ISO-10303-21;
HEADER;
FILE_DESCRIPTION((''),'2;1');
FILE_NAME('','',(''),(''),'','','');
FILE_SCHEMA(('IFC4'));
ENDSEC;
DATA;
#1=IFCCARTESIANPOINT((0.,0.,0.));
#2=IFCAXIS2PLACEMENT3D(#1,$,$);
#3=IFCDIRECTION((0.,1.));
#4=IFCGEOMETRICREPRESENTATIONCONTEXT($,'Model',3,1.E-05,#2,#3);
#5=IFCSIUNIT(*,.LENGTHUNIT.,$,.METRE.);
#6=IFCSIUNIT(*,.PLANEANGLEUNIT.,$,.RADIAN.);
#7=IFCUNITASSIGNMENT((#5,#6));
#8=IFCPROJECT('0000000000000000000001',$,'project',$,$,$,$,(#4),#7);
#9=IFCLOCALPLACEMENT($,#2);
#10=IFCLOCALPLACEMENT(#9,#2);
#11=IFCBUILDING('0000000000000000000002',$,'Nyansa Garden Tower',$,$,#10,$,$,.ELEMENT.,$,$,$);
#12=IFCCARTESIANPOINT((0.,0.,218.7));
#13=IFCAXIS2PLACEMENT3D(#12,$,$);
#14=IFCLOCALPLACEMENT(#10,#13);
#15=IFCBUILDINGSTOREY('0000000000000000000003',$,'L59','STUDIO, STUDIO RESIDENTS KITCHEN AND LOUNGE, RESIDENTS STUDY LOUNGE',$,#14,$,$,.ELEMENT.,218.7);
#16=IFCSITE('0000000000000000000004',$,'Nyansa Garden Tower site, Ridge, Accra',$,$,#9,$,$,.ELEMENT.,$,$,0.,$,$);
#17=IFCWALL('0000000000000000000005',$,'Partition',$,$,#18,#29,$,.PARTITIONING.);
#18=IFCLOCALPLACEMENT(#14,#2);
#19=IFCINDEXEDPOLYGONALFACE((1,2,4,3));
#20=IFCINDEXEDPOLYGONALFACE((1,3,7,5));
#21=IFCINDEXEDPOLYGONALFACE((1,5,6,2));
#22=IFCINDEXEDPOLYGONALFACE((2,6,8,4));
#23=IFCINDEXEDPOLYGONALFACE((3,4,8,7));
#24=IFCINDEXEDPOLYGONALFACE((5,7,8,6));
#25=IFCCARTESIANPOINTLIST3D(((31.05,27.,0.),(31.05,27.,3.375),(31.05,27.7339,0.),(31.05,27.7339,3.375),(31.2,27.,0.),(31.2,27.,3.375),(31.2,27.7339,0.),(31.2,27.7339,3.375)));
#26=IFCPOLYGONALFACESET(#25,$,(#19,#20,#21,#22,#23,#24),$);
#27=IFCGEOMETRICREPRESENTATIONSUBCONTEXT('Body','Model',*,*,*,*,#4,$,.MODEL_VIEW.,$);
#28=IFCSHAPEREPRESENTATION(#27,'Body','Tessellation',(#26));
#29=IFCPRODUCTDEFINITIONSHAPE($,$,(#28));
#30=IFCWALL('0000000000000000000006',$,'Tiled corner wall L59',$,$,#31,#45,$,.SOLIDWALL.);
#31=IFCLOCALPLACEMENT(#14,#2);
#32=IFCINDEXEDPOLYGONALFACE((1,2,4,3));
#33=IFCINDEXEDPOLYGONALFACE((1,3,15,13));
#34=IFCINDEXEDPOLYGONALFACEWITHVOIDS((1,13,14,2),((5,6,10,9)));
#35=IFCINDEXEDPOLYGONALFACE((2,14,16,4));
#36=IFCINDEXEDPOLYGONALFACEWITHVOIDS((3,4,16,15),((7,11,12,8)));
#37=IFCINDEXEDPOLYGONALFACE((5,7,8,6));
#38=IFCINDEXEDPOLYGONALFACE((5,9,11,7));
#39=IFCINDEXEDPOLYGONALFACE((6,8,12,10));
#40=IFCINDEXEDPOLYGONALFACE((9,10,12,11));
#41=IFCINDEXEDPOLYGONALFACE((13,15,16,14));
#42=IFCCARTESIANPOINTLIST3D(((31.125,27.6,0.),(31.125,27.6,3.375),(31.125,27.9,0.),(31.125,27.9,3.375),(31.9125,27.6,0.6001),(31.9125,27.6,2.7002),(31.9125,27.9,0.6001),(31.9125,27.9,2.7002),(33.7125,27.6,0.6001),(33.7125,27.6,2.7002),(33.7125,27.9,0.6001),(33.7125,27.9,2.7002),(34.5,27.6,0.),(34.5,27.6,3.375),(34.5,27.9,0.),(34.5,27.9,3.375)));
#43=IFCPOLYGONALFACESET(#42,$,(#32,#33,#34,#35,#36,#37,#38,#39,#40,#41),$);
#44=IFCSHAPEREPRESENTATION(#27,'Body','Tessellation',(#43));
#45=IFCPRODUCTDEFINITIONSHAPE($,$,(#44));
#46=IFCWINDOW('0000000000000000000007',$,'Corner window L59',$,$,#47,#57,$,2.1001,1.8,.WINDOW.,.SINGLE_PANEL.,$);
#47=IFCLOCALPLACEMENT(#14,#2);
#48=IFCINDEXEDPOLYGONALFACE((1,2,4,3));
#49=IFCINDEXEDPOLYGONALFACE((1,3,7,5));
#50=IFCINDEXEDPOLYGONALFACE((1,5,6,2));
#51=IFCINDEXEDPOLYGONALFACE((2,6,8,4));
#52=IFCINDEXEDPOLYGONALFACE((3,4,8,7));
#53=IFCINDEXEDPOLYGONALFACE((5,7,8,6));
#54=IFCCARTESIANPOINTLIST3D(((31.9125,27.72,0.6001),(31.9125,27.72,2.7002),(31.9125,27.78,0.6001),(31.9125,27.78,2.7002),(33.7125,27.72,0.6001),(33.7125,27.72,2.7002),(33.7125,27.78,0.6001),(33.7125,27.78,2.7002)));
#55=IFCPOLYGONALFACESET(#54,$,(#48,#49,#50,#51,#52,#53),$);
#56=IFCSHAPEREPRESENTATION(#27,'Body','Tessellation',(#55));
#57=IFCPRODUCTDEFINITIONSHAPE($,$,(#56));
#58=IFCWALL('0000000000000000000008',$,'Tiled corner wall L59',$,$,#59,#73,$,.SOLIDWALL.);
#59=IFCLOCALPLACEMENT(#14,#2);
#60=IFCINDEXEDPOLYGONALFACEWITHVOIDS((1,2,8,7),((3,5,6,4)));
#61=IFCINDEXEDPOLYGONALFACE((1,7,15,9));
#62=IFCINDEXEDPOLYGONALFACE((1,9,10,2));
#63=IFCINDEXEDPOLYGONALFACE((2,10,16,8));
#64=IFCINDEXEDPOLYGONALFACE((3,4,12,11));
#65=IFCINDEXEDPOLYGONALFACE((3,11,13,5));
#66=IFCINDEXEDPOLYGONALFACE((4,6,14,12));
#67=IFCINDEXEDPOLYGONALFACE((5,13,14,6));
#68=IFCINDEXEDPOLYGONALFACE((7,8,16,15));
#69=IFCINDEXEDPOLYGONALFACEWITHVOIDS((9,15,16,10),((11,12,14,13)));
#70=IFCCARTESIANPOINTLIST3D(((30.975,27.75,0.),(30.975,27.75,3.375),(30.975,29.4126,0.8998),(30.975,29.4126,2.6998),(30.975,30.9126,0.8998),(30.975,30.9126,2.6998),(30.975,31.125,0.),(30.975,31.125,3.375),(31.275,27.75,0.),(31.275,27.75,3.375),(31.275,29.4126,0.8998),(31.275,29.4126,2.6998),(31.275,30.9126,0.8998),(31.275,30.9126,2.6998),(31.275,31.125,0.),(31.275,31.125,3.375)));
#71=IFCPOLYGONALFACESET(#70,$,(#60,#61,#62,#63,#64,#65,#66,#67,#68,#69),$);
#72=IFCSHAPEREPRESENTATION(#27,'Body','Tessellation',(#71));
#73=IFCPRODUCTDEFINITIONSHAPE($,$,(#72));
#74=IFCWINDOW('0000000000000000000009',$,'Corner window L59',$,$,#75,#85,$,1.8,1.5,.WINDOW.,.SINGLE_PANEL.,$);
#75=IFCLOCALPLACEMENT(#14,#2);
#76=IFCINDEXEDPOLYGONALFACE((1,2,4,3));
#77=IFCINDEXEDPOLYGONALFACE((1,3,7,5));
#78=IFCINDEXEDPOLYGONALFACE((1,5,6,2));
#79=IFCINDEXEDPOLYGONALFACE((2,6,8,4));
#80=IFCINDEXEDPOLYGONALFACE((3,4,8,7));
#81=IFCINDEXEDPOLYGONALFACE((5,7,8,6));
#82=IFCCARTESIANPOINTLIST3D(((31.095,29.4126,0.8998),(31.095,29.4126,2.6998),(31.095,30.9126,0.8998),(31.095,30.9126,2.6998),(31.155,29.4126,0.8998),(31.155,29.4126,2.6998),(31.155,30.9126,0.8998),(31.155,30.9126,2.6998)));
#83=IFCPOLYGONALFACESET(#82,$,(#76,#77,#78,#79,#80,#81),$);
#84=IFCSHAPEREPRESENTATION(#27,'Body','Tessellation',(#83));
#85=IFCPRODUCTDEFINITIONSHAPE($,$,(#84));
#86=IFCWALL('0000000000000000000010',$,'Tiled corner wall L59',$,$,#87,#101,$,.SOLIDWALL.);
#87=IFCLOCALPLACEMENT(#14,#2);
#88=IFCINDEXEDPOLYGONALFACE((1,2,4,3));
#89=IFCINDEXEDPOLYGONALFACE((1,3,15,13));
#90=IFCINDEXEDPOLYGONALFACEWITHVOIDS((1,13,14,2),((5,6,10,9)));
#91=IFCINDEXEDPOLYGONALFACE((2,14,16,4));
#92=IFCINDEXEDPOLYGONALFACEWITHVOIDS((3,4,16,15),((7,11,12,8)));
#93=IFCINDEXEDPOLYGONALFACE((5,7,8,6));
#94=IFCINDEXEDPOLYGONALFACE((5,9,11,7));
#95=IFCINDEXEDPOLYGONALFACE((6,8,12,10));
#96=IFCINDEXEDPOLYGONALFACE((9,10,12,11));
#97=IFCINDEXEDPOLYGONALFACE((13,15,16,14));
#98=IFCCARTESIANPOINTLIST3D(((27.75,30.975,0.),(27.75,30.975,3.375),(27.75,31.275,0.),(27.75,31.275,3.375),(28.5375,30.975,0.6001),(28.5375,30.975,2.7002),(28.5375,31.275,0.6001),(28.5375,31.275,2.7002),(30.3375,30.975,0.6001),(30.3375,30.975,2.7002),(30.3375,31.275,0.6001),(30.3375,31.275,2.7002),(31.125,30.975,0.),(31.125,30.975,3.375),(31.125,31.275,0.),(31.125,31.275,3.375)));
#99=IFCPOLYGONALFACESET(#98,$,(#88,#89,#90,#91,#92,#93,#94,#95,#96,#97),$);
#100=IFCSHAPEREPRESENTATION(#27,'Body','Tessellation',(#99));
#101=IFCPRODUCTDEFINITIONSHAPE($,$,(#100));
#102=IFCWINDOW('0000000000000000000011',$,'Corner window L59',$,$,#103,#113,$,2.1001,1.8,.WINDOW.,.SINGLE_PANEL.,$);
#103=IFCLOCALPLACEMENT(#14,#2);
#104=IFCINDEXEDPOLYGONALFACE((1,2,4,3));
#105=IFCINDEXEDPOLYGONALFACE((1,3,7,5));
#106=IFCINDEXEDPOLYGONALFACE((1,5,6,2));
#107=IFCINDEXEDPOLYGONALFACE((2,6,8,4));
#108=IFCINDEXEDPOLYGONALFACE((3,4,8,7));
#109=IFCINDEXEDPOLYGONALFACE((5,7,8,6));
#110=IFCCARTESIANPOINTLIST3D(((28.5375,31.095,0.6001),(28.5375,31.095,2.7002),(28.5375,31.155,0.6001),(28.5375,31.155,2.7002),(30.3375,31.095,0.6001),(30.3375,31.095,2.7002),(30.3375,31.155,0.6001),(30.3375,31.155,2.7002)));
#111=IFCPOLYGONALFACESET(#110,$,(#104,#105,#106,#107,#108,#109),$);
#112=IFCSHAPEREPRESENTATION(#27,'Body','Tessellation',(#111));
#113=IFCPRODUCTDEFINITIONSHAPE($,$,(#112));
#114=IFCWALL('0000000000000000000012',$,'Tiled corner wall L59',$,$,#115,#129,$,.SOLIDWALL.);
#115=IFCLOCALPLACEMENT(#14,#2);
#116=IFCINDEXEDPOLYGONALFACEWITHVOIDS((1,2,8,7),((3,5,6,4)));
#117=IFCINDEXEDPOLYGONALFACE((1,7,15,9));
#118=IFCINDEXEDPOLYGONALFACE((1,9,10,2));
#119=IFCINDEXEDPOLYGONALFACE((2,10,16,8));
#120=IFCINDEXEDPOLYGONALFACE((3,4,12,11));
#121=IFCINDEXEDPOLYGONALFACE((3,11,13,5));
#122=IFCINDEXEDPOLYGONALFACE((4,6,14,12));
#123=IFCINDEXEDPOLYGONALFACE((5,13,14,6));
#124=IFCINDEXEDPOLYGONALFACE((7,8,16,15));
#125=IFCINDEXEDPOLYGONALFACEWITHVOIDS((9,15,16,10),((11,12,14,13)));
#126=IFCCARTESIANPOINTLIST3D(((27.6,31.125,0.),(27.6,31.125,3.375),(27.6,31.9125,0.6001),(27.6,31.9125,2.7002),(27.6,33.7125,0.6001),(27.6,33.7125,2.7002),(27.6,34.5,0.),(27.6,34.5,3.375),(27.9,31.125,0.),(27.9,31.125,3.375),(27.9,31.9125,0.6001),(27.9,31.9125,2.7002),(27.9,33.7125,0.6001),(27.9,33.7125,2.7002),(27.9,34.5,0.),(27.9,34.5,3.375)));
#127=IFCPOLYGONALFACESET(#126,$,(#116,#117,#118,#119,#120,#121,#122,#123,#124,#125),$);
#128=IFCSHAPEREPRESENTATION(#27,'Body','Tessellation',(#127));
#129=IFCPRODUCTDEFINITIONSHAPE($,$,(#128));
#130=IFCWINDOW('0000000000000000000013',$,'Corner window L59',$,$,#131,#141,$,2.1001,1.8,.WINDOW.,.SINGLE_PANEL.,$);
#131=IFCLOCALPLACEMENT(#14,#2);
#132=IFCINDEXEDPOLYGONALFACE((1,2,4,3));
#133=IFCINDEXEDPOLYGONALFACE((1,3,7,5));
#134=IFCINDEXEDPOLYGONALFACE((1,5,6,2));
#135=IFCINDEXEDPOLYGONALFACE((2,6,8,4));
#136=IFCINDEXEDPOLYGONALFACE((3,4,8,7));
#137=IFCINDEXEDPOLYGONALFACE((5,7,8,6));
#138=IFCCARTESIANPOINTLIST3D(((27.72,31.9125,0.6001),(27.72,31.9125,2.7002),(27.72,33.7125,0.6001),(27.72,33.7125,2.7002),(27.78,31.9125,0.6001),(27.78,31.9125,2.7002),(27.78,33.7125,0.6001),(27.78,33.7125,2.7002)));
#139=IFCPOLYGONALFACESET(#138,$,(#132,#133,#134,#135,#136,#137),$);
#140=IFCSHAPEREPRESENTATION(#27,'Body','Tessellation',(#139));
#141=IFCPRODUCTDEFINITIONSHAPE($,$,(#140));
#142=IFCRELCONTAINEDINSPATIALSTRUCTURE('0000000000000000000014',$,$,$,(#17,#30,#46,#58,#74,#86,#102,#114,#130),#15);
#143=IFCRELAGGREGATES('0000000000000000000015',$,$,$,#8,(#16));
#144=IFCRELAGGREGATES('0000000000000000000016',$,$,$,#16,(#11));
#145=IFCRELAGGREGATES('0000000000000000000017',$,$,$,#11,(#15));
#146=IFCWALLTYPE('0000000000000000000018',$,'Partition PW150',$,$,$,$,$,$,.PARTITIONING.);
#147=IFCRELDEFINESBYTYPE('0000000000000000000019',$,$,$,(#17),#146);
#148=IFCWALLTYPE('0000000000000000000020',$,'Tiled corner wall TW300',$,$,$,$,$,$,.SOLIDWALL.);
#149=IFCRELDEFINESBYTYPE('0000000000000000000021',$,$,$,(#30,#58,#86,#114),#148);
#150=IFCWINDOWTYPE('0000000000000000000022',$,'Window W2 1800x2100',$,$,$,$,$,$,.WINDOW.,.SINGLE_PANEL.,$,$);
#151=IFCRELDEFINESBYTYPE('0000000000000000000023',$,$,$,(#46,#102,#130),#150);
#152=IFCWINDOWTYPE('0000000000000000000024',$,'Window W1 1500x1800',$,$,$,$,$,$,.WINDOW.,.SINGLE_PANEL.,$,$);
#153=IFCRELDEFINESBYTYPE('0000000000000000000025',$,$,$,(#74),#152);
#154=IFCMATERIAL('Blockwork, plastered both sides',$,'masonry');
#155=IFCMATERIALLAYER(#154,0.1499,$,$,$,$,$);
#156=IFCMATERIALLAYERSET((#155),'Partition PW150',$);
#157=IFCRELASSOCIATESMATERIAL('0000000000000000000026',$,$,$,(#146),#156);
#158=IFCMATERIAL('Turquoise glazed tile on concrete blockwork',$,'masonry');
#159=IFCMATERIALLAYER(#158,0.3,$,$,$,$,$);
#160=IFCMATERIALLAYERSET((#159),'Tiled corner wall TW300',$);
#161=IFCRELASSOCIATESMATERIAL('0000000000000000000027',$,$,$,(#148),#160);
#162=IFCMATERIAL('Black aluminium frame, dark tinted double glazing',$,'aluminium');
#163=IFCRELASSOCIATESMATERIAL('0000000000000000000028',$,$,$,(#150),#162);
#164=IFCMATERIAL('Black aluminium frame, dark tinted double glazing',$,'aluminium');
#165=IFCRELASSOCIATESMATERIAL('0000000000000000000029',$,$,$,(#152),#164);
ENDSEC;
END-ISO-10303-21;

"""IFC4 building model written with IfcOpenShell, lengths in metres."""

from ifc_helpers import new_model, si_unit, direction, frame, frame_2d, origin, place, context, subcontext, project, spatial, rectangle, extrude, material, layer, layer_set, type_object, element, fill, save


model = new_model("IFC4")

# Units and contexts
model_context = context("Model", 3, precision=1e-05, world=origin(), true_north=direction((0.0, 1.0)))
body_context = subcontext(model_context, "Body", "Model", "MODEL_VIEW")
ifc_project = project(units=[si_unit("LENGTHUNIT", "METRE"), si_unit("PLANEANGLEUNIT", "RADIAN")], contexts=[model_context])

# Site, building, storey
site_placement = place(None, origin())
site = spatial("IfcSite", under=ifc_project, at=site_placement, Name="Nyansa Garden Tower site, Ridge, Accra", CompositionType="ELEMENT", RefElevation=0.0)
building_placement = place(site_placement, origin())
building = spatial("IfcBuilding", under=site, at=building_placement, Name="Nyansa Garden Tower", CompositionType="ELEMENT")
storey_placement = place(building_placement, frame((0.0, 0.0, 218.7)))
storey = spatial("IfcBuildingStorey", under=building, at=storey_placement, Name="L59", Description="STUDIO, STUDIO RESIDENTS KITCHEN AND LOUNGE, RESIDENTS STUDY LOUNGE", CompositionType="ELEMENT", Elevation=218.7)

# Wall
ifc_material_1 = material(Name="Blockwork, plastered both sides", Category="masonry")
ifc_layer_1 = layer(ifc_material_1, 0.1499)
ifc_layer_set_1 = layer_set([ifc_layer_1], Name="Partition PW150")
wall_type_1 = type_object("IfcWallType", Name="Partition PW150", PredefinedType="PARTITIONING", material=ifc_layer_set_1)
wall_1_placement = place(storey_placement, frame((31.125, 27.0, 0.0), z_axis=(0.0, 0.0, 1.0), x_axis=(0.0, 1.0, 0.0)))
element("IfcWall", 1, at=wall_1_placement, inside=storey, type_object=wall_type_1, Name="Partition", PredefinedType="PARTITIONING", context=body_context, shape_type="SweptSolid", body=[
    extrude(rectangle(XDim=0.7339, YDim=0.1499, at=frame_2d((0.3669, 0.0))), origin(), (0.0, 0.0, 1.0), 3.375),
])

# Walls, openings, windows
ifc_material_2 = material(Name="Turquoise glazed tile on concrete blockwork", Category="masonry")
ifc_layer_2 = layer(ifc_material_2, 0.3)
ifc_layer_set_2 = layer_set([ifc_layer_2], Name="Tiled corner wall TW300")
wall_type_2 = type_object("IfcWallType", Name="Tiled corner wall TW300", PredefinedType="SOLIDWALL", material=ifc_layer_set_2)
wall_2_placement = place(storey_placement, frame((34.5, 27.75, 0.0), z_axis=(0.0, 0.0, 1.0), x_axis=(-1.0, 0.0, 0.0)))
wall_2 = element("IfcWall", 2, at=wall_2_placement, inside=storey, type_object=wall_type_2, Name="Tiled corner wall L59", PredefinedType="SOLIDWALL", context=body_context, shape_type="SweptSolid", body=[
    extrude(rectangle(XDim=3.375, YDim=0.3, at=frame_2d((1.6875, 0.0))), origin(), (0.0, 0.0, 1.0), 3.375),
])
opening_1_placement = place(wall_2_placement, frame((0.7876, 0.0, 0.6001)))
opening_1 = element("IfcOpeningElement", 3, at=opening_1_placement, cuts=wall_2, PredefinedType="OPENING", context=body_context, shape_type="SweptSolid", body=[
    extrude(rectangle(XDim=1.8, YDim=2.1001, at=frame_2d((0.8999, 1.05))), frame((0.0, 0.1599, 0.0), z_axis=(0.0, -1.0, 0.0), x_axis=(1.0, 0.0, 0.0)), (0.0, 0.0, 1.0), 0.3201),
])
ifc_material_3 = material(Name="Black aluminium frame, dark tinted double glazing", Category="aluminium")
window_type_1 = type_object("IfcWindowType", Name="Window W2 1800x2100", PartitioningType="SINGLE_PANEL", PredefinedType="WINDOW", material=ifc_material_3)
window_1_placement = place(opening_1_placement, origin())
window_1 = element("IfcWindow", 4, at=window_1_placement, inside=storey, type_object=window_type_1, Name="Corner window L59", OverallHeight=2.1001, OverallWidth=1.8, PartitioningType="SINGLE_PANEL", PredefinedType="WINDOW", context=body_context, shape_type="SweptSolid", body=[
    extrude(rectangle(XDim=1.8, YDim=2.1001, at=frame_2d((0.8999, 1.05))), frame((0.0, 0.03, 0.0), z_axis=(0.0, -1.0, 0.0), x_axis=(1.0, 0.0, 0.0)), (0.0, 0.0, 1.0), 0.0601),
])
fill(opening_1, window_1)
wall_3_placement = place(storey_placement, frame((31.125, 27.75, 0.0), z_axis=(0.0, 0.0, 1.0), x_axis=(0.0, 1.0, 0.0)))
wall_3 = element("IfcWall", 5, at=wall_3_placement, inside=storey, type_object=wall_type_2, Name="Tiled corner wall L59", PredefinedType="SOLIDWALL", context=body_context, shape_type="SweptSolid", body=[
    extrude(rectangle(XDim=3.375, YDim=0.3, at=frame_2d((1.6875, 0.0))), origin(), (0.0, 0.0, 1.0), 3.375),
])
opening_2_placement = place(wall_3_placement, frame((1.6626, 0.0, 0.8999)))
opening_2 = element("IfcOpeningElement", 6, at=opening_2_placement, cuts=wall_3, PredefinedType="OPENING", context=body_context, shape_type="SweptSolid", body=[
    extrude(rectangle(XDim=1.5, YDim=1.8, at=frame_2d((0.75, 0.8999))), frame((0.0, 0.1599, 0.0), z_axis=(0.0, -1.0, 0.0), x_axis=(1.0, 0.0, 0.0)), (0.0, 0.0, 1.0), 0.3201),
])
ifc_material_4 = material(Name="Black aluminium frame, dark tinted double glazing", Category="aluminium")
window_type_2 = type_object("IfcWindowType", Name="Window W1 1500x1800", PartitioningType="SINGLE_PANEL", PredefinedType="WINDOW", material=ifc_material_4)
window_2_placement = place(opening_2_placement, origin())
window_2 = element("IfcWindow", 7, at=window_2_placement, inside=storey, type_object=window_type_2, Name="Corner window L59", OverallHeight=1.8, OverallWidth=1.5, PartitioningType="SINGLE_PANEL", PredefinedType="WINDOW", context=body_context, shape_type="SweptSolid", body=[
    extrude(rectangle(XDim=1.5, YDim=1.8, at=frame_2d((0.75, 0.8999))), frame((0.0, 0.03, 0.0), z_axis=(0.0, -1.0, 0.0), x_axis=(1.0, 0.0, 0.0)), (0.0, 0.0, 1.0), 0.0601),
])
fill(opening_2, window_2)
wall_4_placement = place(storey_placement, frame((31.125, 31.125, 0.0), z_axis=(0.0, 0.0, 1.0), x_axis=(-1.0, 0.0, 0.0)))
wall_4 = element("IfcWall", 8, at=wall_4_placement, inside=storey, type_object=wall_type_2, Name="Tiled corner wall L59", PredefinedType="SOLIDWALL", context=body_context, shape_type="SweptSolid", body=[
    extrude(rectangle(XDim=3.375, YDim=0.3, at=frame_2d((1.6875, 0.0))), origin(), (0.0, 0.0, 1.0), 3.375),
])
opening_3_placement = place(wall_4_placement, frame((0.7876, 0.0, 0.6001)))
opening_3 = element("IfcOpeningElement", 9, at=opening_3_placement, cuts=wall_4, PredefinedType="OPENING", context=body_context, shape_type="SweptSolid", body=[
    extrude(rectangle(XDim=1.8, YDim=2.1001, at=frame_2d((0.8999, 1.05))), frame((0.0, 0.1599, 0.0), z_axis=(0.0, -1.0, 0.0), x_axis=(1.0, 0.0, 0.0)), (0.0, 0.0, 1.0), 0.3201),
])
window_3_placement = place(opening_3_placement, origin())
window_3 = element("IfcWindow", 10, at=window_3_placement, inside=storey, type_object=window_type_1, Name="Corner window L59", OverallHeight=2.1001, OverallWidth=1.8, PartitioningType="SINGLE_PANEL", PredefinedType="WINDOW", context=body_context, shape_type="SweptSolid", body=[
    extrude(rectangle(XDim=1.8, YDim=2.1001, at=frame_2d((0.8999, 1.05))), frame((0.0, 0.03, 0.0), z_axis=(0.0, -1.0, 0.0), x_axis=(1.0, 0.0, 0.0)), (0.0, 0.0, 1.0), 0.0601),
])
fill(opening_3, window_3)
wall_5_placement = place(storey_placement, frame((27.75, 31.125, 0.0), z_axis=(0.0, 0.0, 1.0), x_axis=(0.0, 1.0, 0.0)))
wall_5 = element("IfcWall", 11, at=wall_5_placement, inside=storey, type_object=wall_type_2, Name="Tiled corner wall L59", PredefinedType="SOLIDWALL", context=body_context, shape_type="SweptSolid", body=[
    extrude(rectangle(XDim=3.375, YDim=0.3, at=frame_2d((1.6875, 0.0))), origin(), (0.0, 0.0, 1.0), 3.375),
])
opening_4_placement = place(wall_5_placement, frame((0.7876, 0.0, 0.6001)))
opening_4 = element("IfcOpeningElement", 12, at=opening_4_placement, cuts=wall_5, PredefinedType="OPENING", context=body_context, shape_type="SweptSolid", body=[
    extrude(rectangle(XDim=1.8, YDim=2.1001, at=frame_2d((0.8999, 1.05))), frame((0.0, 0.1599, 0.0), z_axis=(0.0, -1.0, 0.0), x_axis=(1.0, 0.0, 0.0)), (0.0, 0.0, 1.0), 0.3201),
])
window_4_placement = place(opening_4_placement, origin())
window_4 = element("IfcWindow", 13, at=window_4_placement, inside=storey, type_object=window_type_1, Name="Corner window L59", OverallHeight=2.1001, OverallWidth=1.8, PartitioningType="SINGLE_PANEL", PredefinedType="WINDOW", context=body_context, shape_type="SweptSolid", body=[
    extrude(rectangle(XDim=1.8, YDim=2.1001, at=frame_2d((0.8999, 1.05))), frame((0.0, 0.03, 0.0), z_axis=(0.0, -1.0, 0.0), x_axis=(1.0, 0.0, 0.0)), (0.0, 0.0, 1.0), 0.0601),
])
fill(opening_4, window_4)

save(model, "model.ifc")
